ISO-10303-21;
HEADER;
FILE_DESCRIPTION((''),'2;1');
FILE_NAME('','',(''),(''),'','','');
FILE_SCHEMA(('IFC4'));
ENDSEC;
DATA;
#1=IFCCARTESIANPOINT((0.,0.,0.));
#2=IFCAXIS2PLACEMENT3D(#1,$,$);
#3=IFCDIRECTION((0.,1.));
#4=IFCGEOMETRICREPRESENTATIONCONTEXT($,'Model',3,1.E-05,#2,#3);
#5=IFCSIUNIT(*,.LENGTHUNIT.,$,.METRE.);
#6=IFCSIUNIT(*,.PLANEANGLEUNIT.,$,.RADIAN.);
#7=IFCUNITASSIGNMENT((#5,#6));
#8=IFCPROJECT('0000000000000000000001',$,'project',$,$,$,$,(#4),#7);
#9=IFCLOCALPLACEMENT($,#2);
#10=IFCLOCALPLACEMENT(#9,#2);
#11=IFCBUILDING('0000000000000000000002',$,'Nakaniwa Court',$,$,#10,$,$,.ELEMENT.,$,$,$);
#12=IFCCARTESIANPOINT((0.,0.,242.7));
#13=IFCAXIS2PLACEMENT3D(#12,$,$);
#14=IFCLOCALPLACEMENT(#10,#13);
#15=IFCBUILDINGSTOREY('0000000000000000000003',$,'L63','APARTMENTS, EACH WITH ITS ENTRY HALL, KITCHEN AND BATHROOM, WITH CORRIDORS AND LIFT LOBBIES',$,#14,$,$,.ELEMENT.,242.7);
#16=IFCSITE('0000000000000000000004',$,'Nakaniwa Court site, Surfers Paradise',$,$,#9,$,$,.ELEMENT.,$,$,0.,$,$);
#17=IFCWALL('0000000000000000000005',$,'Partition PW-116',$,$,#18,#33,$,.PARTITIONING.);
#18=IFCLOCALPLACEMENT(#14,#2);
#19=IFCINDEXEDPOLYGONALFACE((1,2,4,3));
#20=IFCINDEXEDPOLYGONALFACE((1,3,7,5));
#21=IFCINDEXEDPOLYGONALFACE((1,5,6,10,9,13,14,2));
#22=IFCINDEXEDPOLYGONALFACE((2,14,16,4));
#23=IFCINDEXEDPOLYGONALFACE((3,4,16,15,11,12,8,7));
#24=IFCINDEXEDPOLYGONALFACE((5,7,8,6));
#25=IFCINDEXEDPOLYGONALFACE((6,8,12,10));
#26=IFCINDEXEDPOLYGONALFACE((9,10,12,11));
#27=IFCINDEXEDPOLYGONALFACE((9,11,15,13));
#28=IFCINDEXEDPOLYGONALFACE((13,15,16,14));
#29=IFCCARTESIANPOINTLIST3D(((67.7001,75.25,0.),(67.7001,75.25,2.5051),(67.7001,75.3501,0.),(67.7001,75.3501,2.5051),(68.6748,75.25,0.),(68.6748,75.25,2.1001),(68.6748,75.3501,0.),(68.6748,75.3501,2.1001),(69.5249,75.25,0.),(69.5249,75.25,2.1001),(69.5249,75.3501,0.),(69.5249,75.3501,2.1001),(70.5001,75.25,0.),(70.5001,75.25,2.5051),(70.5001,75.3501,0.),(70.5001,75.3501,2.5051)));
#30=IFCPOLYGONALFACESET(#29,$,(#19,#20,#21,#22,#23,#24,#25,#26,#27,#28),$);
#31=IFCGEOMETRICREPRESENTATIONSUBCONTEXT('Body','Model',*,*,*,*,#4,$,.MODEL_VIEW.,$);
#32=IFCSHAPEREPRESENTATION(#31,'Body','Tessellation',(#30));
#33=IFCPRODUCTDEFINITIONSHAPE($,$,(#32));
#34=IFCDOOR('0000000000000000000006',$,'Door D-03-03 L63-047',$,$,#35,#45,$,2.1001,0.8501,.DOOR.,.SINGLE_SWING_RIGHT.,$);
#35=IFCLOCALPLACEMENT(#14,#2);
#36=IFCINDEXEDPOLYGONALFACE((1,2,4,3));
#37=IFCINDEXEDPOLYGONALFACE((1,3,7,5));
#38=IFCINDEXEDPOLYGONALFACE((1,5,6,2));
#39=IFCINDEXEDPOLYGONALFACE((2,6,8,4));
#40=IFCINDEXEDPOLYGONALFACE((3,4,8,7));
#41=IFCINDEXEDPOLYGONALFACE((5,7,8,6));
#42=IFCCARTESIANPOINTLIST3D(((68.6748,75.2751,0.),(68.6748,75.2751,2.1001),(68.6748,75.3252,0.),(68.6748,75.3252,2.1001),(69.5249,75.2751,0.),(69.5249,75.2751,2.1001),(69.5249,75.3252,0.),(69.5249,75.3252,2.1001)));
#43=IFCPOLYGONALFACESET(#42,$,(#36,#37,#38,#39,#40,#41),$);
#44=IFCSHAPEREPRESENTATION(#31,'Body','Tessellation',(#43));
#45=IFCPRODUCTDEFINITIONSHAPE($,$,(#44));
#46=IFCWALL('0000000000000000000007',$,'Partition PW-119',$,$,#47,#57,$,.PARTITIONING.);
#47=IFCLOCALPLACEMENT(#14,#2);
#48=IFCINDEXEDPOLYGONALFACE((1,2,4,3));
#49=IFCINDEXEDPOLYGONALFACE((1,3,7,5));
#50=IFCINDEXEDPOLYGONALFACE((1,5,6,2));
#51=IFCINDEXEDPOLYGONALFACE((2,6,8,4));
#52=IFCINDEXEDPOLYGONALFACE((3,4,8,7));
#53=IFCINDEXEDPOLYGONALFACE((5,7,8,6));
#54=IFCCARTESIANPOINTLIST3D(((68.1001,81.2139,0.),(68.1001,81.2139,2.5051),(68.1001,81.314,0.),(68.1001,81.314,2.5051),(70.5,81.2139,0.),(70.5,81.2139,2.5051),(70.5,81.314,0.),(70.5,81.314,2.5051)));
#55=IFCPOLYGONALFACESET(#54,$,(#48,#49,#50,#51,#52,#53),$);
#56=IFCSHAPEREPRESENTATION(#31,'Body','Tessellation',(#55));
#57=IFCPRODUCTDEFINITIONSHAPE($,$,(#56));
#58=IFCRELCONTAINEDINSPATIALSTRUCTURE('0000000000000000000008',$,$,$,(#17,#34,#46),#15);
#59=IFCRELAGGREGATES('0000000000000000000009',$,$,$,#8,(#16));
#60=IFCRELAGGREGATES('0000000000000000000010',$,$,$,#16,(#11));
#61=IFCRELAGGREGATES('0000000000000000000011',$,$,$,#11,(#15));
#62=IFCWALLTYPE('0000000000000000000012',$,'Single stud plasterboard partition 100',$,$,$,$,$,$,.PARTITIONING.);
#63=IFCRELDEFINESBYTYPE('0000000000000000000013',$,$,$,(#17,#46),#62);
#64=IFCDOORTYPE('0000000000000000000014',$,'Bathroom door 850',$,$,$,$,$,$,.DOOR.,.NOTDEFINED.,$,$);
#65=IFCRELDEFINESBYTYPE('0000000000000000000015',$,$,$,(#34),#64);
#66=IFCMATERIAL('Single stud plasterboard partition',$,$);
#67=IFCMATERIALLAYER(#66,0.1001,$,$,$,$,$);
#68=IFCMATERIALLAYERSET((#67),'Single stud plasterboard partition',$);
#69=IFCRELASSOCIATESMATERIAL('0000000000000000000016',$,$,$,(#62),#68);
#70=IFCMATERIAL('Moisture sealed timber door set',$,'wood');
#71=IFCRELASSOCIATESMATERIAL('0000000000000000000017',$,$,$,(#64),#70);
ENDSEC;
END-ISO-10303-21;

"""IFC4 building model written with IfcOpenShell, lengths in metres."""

from ifc_helpers import new_model, si_unit, direction, frame, frame_2d, origin, place, context, subcontext, project, spatial, rectangle, extrude, material, layer, layer_set, type_object, element, fill, save


model = new_model("IFC4")

# Units and contexts
model_context = context("Model", 3, precision=1e-05, world=origin(), true_north=direction((0.0, 1.0)))
body_context = subcontext(model_context, "Body", "Model", "MODEL_VIEW")
ifc_project = project(units=[si_unit("LENGTHUNIT", "METRE"), si_unit("PLANEANGLEUNIT", "RADIAN")], contexts=[model_context])

# Site, building, storey
site_placement = place(None, origin())
site = spatial("IfcSite", under=ifc_project, at=site_placement, Name="Nakaniwa Court site, Surfers Paradise", CompositionType="ELEMENT", RefElevation=0.0)
building_placement = place(site_placement, origin())
building = spatial("IfcBuilding", under=site, at=building_placement, Name="Nakaniwa Court", CompositionType="ELEMENT")
storey_placement = place(building_placement, frame((0.0, 0.0, 242.7)))
storey = spatial("IfcBuildingStorey", under=building, at=storey_placement, Name="L63", Description="APARTMENTS, EACH WITH ITS ENTRY HALL, KITCHEN AND BATHROOM, WITH CORRIDORS AND LIFT LOBBIES", CompositionType="ELEMENT", Elevation=242.7)

# Wall, opening, door
ifc_material_1 = material(Name="Single stud plasterboard partition")
ifc_layer_1 = layer(ifc_material_1, 0.1001)
ifc_layer_set_1 = layer_set([ifc_layer_1], Name="Single stud plasterboard partition")
wall_type_1 = type_object("IfcWallType", Name="Single stud plasterboard partition 100", PredefinedType="PARTITIONING", material=ifc_layer_set_1)
wall_1_placement = place(storey_placement, frame((70.5, 75.3, 0.0), z_axis=(0.0, 0.0, 1.0), x_axis=(-1.0, 0.0, 0.0)))
wall_1 = element("IfcWall", 1, at=wall_1_placement, inside=storey, type_object=wall_type_1, Name="Partition PW-116", PredefinedType="PARTITIONING", context=body_context, shape_type="SweptSolid", body=[
    extrude(rectangle(XDim=2.8, YDim=0.1001, at=frame_2d((1.3999, 0.0))), origin(), (0.0, 0.0, 1.0), 2.5051),
])
opening_1_placement = place(wall_1_placement, frame((0.9751, 0.0, 0.0)))
opening_1 = element("IfcOpeningElement", 2, at=opening_1_placement, cuts=wall_1, PredefinedType="OPENING", context=body_context, shape_type="SweptSolid", body=[
    extrude(rectangle(XDim=0.8501, YDim=2.1001, at=frame_2d((0.425, 1.05))), frame((0.0, 0.0601, 0.0), z_axis=(0.0, -1.0, 0.0), x_axis=(1.0, 0.0, 0.0)), (0.0, 0.0, 1.0), 0.1201),
])
ifc_material_2 = material(Name="Moisture sealed timber door set", Category="wood")
door_type_1 = type_object("IfcDoorType", Name="Bathroom door 850", OperationType="NOTDEFINED", PredefinedType="DOOR", material=ifc_material_2)
door_1_placement = place(opening_1_placement, origin())
door_1 = element("IfcDoor", 3, at=door_1_placement, inside=storey, type_object=door_type_1, Name="Door D-03-03 L63-047", OperationType="SINGLE_SWING_RIGHT", OverallHeight=2.1001, OverallWidth=0.8501, PredefinedType="DOOR", context=body_context, shape_type="SweptSolid", body=[
    extrude(rectangle(XDim=0.8501, YDim=2.1001, at=frame_2d((0.425, 1.05))), frame((0.0, 0.0249, 0.0), z_axis=(0.0, -1.0, 0.0), x_axis=(1.0, 0.0, 0.0)), (0.0, 0.0, 1.0), 0.05),
])
fill(opening_1, door_1)

# Wall
wall_2_placement = place(storey_placement, frame((68.1001, 81.2639, 0.0), z_axis=(0.0, 0.0, 1.0), x_axis=(1.0, 0.0, 0.0)))
element("IfcWall", 4, at=wall_2_placement, inside=storey, type_object=wall_type_1, Name="Partition PW-119", PredefinedType="PARTITIONING", context=body_context, shape_type="SweptSolid", body=[
    extrude(rectangle(XDim=2.3999, YDim=0.1001, at=frame_2d((1.2, 0.0))), origin(), (0.0, 0.0, 1.0), 2.5051),
])

save(model, "model.ifc")
